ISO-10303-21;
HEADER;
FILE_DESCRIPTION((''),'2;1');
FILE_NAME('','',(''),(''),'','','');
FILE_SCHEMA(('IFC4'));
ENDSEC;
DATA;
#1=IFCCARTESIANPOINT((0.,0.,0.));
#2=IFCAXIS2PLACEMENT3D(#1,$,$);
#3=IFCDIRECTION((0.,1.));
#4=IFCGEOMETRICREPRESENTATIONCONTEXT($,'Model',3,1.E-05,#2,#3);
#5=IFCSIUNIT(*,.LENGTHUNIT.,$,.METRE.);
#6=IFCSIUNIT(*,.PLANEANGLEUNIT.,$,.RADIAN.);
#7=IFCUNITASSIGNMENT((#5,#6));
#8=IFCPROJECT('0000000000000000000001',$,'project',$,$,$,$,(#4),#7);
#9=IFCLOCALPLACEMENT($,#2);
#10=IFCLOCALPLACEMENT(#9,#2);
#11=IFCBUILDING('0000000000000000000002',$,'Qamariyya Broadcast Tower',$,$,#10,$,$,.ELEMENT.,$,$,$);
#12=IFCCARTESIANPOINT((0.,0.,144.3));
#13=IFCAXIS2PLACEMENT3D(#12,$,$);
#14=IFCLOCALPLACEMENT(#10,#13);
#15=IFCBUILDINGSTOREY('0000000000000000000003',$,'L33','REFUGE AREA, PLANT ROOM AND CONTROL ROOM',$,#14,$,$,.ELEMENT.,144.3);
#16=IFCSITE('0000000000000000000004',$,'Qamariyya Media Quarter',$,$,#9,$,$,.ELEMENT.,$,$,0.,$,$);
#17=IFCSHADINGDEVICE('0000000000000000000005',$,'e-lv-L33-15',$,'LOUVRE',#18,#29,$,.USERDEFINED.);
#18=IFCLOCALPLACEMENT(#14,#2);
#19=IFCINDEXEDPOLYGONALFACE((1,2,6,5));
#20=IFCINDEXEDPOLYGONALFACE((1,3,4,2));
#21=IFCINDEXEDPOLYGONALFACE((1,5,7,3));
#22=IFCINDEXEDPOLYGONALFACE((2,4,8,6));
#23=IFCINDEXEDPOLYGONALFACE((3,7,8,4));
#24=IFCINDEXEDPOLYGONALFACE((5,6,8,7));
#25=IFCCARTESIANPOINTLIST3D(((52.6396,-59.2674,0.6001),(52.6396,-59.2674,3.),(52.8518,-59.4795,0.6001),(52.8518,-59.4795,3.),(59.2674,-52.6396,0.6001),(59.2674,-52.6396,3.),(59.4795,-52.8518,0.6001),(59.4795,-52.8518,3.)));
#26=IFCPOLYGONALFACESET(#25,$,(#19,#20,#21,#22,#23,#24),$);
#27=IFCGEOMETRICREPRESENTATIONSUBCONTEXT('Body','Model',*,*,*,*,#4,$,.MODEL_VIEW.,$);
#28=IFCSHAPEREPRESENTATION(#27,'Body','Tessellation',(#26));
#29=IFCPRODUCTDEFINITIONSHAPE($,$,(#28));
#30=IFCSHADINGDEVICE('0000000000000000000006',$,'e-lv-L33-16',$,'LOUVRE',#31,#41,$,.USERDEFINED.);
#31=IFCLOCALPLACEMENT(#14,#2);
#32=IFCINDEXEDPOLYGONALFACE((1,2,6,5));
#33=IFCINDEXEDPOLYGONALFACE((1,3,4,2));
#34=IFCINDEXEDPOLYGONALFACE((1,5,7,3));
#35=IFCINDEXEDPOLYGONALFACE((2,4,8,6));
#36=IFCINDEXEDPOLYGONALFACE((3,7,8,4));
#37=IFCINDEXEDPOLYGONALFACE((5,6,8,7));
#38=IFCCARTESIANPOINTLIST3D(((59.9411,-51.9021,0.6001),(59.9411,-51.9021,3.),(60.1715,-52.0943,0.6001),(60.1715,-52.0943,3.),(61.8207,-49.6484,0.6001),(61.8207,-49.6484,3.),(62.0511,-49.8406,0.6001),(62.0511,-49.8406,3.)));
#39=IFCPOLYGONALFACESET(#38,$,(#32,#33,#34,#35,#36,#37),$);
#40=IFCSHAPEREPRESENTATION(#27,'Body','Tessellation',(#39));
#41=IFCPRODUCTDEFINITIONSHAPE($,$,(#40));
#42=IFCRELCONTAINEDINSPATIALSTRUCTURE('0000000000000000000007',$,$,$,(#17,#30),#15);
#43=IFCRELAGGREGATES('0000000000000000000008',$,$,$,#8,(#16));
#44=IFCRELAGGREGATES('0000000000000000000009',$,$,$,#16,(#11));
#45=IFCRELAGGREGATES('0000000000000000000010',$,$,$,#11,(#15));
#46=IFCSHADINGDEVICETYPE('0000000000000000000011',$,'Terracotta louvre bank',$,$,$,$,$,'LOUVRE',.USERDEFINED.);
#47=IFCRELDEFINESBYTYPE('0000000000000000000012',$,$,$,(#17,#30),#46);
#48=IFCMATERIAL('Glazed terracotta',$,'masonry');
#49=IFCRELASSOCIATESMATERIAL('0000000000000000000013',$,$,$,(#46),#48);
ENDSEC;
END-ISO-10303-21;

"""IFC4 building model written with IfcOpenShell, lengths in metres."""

from ifc_helpers import new_model, si_unit, direction, frame, origin, origin_2d, place, context, subcontext, project, spatial, rectangle, extrude, material, type_object, element, save


model = new_model("IFC4")

# Units and contexts
model_context = context("Model", 3, precision=1e-05, world=origin(), true_north=direction((0.0, 1.0)))
body_context = subcontext(model_context, "Body", "Model", "MODEL_VIEW")
ifc_project = project(units=[si_unit("LENGTHUNIT", "METRE"), si_unit("PLANEANGLEUNIT", "RADIAN")], contexts=[model_context])

# Site, building, storey
site_placement = place(None, origin())
site = spatial("IfcSite", under=ifc_project, at=site_placement, Name="Qamariyya Media Quarter", CompositionType="ELEMENT", RefElevation=0.0)
building_placement = place(site_placement, origin())
building = spatial("IfcBuilding", under=site, at=building_placement, Name="Qamariyya Broadcast Tower", CompositionType="ELEMENT")
storey_placement = place(building_placement, frame((0.0, 0.0, 144.3)))
storey = spatial("IfcBuildingStorey", under=building, at=storey_placement, Name="L33", Description="REFUGE AREA, PLANT ROOM AND CONTROL ROOM", CompositionType="ELEMENT", Elevation=144.3)

# Shading devices
ifc_material_1 = material(Name="Glazed terracotta", Category="masonry")
shading_device_type = type_object("IfcShadingDeviceType", Name="Terracotta louvre bank", ElementType="LOUVRE", PredefinedType="USERDEFINED", material=ifc_material_1)
shading_device_1_placement = place(storey_placement, frame((56.0596, -56.0596, 0.6001), z_axis=(0.0, 0.0, 1.0), x_axis=(0.707107, 0.707107, 0.0)))
element("IfcShadingDevice", 1, at=shading_device_1_placement, inside=storey, type_object=shading_device_type, Name="e-lv-L33-15", ObjectType="LOUVRE", PredefinedType="USERDEFINED", context=body_context, shape_type="SweptSolid", body=[
    extrude(rectangle(XDim=9.373, YDim=0.3, at=origin_2d()), origin(), (0.0, 0.0, 1.0), 2.3999),
])
shading_device_2_placement = place(storey_placement, frame((60.9961, -50.8713, 0.6001), z_axis=(0.0, 0.0, 1.0), x_axis=(0.640492, 0.767965, 0.0)))
element("IfcShadingDevice", 2, at=shading_device_2_placement, inside=storey, type_object=shading_device_type, Name="e-lv-L33-16", ObjectType="LOUVRE", PredefinedType="USERDEFINED", context=body_context, shape_type="SweptSolid", body=[
    extrude(rectangle(XDim=2.9346, YDim=0.3, at=origin_2d()), origin(), (0.0, 0.0, 1.0), 2.3999),
])

save(model, "model.ifc")
